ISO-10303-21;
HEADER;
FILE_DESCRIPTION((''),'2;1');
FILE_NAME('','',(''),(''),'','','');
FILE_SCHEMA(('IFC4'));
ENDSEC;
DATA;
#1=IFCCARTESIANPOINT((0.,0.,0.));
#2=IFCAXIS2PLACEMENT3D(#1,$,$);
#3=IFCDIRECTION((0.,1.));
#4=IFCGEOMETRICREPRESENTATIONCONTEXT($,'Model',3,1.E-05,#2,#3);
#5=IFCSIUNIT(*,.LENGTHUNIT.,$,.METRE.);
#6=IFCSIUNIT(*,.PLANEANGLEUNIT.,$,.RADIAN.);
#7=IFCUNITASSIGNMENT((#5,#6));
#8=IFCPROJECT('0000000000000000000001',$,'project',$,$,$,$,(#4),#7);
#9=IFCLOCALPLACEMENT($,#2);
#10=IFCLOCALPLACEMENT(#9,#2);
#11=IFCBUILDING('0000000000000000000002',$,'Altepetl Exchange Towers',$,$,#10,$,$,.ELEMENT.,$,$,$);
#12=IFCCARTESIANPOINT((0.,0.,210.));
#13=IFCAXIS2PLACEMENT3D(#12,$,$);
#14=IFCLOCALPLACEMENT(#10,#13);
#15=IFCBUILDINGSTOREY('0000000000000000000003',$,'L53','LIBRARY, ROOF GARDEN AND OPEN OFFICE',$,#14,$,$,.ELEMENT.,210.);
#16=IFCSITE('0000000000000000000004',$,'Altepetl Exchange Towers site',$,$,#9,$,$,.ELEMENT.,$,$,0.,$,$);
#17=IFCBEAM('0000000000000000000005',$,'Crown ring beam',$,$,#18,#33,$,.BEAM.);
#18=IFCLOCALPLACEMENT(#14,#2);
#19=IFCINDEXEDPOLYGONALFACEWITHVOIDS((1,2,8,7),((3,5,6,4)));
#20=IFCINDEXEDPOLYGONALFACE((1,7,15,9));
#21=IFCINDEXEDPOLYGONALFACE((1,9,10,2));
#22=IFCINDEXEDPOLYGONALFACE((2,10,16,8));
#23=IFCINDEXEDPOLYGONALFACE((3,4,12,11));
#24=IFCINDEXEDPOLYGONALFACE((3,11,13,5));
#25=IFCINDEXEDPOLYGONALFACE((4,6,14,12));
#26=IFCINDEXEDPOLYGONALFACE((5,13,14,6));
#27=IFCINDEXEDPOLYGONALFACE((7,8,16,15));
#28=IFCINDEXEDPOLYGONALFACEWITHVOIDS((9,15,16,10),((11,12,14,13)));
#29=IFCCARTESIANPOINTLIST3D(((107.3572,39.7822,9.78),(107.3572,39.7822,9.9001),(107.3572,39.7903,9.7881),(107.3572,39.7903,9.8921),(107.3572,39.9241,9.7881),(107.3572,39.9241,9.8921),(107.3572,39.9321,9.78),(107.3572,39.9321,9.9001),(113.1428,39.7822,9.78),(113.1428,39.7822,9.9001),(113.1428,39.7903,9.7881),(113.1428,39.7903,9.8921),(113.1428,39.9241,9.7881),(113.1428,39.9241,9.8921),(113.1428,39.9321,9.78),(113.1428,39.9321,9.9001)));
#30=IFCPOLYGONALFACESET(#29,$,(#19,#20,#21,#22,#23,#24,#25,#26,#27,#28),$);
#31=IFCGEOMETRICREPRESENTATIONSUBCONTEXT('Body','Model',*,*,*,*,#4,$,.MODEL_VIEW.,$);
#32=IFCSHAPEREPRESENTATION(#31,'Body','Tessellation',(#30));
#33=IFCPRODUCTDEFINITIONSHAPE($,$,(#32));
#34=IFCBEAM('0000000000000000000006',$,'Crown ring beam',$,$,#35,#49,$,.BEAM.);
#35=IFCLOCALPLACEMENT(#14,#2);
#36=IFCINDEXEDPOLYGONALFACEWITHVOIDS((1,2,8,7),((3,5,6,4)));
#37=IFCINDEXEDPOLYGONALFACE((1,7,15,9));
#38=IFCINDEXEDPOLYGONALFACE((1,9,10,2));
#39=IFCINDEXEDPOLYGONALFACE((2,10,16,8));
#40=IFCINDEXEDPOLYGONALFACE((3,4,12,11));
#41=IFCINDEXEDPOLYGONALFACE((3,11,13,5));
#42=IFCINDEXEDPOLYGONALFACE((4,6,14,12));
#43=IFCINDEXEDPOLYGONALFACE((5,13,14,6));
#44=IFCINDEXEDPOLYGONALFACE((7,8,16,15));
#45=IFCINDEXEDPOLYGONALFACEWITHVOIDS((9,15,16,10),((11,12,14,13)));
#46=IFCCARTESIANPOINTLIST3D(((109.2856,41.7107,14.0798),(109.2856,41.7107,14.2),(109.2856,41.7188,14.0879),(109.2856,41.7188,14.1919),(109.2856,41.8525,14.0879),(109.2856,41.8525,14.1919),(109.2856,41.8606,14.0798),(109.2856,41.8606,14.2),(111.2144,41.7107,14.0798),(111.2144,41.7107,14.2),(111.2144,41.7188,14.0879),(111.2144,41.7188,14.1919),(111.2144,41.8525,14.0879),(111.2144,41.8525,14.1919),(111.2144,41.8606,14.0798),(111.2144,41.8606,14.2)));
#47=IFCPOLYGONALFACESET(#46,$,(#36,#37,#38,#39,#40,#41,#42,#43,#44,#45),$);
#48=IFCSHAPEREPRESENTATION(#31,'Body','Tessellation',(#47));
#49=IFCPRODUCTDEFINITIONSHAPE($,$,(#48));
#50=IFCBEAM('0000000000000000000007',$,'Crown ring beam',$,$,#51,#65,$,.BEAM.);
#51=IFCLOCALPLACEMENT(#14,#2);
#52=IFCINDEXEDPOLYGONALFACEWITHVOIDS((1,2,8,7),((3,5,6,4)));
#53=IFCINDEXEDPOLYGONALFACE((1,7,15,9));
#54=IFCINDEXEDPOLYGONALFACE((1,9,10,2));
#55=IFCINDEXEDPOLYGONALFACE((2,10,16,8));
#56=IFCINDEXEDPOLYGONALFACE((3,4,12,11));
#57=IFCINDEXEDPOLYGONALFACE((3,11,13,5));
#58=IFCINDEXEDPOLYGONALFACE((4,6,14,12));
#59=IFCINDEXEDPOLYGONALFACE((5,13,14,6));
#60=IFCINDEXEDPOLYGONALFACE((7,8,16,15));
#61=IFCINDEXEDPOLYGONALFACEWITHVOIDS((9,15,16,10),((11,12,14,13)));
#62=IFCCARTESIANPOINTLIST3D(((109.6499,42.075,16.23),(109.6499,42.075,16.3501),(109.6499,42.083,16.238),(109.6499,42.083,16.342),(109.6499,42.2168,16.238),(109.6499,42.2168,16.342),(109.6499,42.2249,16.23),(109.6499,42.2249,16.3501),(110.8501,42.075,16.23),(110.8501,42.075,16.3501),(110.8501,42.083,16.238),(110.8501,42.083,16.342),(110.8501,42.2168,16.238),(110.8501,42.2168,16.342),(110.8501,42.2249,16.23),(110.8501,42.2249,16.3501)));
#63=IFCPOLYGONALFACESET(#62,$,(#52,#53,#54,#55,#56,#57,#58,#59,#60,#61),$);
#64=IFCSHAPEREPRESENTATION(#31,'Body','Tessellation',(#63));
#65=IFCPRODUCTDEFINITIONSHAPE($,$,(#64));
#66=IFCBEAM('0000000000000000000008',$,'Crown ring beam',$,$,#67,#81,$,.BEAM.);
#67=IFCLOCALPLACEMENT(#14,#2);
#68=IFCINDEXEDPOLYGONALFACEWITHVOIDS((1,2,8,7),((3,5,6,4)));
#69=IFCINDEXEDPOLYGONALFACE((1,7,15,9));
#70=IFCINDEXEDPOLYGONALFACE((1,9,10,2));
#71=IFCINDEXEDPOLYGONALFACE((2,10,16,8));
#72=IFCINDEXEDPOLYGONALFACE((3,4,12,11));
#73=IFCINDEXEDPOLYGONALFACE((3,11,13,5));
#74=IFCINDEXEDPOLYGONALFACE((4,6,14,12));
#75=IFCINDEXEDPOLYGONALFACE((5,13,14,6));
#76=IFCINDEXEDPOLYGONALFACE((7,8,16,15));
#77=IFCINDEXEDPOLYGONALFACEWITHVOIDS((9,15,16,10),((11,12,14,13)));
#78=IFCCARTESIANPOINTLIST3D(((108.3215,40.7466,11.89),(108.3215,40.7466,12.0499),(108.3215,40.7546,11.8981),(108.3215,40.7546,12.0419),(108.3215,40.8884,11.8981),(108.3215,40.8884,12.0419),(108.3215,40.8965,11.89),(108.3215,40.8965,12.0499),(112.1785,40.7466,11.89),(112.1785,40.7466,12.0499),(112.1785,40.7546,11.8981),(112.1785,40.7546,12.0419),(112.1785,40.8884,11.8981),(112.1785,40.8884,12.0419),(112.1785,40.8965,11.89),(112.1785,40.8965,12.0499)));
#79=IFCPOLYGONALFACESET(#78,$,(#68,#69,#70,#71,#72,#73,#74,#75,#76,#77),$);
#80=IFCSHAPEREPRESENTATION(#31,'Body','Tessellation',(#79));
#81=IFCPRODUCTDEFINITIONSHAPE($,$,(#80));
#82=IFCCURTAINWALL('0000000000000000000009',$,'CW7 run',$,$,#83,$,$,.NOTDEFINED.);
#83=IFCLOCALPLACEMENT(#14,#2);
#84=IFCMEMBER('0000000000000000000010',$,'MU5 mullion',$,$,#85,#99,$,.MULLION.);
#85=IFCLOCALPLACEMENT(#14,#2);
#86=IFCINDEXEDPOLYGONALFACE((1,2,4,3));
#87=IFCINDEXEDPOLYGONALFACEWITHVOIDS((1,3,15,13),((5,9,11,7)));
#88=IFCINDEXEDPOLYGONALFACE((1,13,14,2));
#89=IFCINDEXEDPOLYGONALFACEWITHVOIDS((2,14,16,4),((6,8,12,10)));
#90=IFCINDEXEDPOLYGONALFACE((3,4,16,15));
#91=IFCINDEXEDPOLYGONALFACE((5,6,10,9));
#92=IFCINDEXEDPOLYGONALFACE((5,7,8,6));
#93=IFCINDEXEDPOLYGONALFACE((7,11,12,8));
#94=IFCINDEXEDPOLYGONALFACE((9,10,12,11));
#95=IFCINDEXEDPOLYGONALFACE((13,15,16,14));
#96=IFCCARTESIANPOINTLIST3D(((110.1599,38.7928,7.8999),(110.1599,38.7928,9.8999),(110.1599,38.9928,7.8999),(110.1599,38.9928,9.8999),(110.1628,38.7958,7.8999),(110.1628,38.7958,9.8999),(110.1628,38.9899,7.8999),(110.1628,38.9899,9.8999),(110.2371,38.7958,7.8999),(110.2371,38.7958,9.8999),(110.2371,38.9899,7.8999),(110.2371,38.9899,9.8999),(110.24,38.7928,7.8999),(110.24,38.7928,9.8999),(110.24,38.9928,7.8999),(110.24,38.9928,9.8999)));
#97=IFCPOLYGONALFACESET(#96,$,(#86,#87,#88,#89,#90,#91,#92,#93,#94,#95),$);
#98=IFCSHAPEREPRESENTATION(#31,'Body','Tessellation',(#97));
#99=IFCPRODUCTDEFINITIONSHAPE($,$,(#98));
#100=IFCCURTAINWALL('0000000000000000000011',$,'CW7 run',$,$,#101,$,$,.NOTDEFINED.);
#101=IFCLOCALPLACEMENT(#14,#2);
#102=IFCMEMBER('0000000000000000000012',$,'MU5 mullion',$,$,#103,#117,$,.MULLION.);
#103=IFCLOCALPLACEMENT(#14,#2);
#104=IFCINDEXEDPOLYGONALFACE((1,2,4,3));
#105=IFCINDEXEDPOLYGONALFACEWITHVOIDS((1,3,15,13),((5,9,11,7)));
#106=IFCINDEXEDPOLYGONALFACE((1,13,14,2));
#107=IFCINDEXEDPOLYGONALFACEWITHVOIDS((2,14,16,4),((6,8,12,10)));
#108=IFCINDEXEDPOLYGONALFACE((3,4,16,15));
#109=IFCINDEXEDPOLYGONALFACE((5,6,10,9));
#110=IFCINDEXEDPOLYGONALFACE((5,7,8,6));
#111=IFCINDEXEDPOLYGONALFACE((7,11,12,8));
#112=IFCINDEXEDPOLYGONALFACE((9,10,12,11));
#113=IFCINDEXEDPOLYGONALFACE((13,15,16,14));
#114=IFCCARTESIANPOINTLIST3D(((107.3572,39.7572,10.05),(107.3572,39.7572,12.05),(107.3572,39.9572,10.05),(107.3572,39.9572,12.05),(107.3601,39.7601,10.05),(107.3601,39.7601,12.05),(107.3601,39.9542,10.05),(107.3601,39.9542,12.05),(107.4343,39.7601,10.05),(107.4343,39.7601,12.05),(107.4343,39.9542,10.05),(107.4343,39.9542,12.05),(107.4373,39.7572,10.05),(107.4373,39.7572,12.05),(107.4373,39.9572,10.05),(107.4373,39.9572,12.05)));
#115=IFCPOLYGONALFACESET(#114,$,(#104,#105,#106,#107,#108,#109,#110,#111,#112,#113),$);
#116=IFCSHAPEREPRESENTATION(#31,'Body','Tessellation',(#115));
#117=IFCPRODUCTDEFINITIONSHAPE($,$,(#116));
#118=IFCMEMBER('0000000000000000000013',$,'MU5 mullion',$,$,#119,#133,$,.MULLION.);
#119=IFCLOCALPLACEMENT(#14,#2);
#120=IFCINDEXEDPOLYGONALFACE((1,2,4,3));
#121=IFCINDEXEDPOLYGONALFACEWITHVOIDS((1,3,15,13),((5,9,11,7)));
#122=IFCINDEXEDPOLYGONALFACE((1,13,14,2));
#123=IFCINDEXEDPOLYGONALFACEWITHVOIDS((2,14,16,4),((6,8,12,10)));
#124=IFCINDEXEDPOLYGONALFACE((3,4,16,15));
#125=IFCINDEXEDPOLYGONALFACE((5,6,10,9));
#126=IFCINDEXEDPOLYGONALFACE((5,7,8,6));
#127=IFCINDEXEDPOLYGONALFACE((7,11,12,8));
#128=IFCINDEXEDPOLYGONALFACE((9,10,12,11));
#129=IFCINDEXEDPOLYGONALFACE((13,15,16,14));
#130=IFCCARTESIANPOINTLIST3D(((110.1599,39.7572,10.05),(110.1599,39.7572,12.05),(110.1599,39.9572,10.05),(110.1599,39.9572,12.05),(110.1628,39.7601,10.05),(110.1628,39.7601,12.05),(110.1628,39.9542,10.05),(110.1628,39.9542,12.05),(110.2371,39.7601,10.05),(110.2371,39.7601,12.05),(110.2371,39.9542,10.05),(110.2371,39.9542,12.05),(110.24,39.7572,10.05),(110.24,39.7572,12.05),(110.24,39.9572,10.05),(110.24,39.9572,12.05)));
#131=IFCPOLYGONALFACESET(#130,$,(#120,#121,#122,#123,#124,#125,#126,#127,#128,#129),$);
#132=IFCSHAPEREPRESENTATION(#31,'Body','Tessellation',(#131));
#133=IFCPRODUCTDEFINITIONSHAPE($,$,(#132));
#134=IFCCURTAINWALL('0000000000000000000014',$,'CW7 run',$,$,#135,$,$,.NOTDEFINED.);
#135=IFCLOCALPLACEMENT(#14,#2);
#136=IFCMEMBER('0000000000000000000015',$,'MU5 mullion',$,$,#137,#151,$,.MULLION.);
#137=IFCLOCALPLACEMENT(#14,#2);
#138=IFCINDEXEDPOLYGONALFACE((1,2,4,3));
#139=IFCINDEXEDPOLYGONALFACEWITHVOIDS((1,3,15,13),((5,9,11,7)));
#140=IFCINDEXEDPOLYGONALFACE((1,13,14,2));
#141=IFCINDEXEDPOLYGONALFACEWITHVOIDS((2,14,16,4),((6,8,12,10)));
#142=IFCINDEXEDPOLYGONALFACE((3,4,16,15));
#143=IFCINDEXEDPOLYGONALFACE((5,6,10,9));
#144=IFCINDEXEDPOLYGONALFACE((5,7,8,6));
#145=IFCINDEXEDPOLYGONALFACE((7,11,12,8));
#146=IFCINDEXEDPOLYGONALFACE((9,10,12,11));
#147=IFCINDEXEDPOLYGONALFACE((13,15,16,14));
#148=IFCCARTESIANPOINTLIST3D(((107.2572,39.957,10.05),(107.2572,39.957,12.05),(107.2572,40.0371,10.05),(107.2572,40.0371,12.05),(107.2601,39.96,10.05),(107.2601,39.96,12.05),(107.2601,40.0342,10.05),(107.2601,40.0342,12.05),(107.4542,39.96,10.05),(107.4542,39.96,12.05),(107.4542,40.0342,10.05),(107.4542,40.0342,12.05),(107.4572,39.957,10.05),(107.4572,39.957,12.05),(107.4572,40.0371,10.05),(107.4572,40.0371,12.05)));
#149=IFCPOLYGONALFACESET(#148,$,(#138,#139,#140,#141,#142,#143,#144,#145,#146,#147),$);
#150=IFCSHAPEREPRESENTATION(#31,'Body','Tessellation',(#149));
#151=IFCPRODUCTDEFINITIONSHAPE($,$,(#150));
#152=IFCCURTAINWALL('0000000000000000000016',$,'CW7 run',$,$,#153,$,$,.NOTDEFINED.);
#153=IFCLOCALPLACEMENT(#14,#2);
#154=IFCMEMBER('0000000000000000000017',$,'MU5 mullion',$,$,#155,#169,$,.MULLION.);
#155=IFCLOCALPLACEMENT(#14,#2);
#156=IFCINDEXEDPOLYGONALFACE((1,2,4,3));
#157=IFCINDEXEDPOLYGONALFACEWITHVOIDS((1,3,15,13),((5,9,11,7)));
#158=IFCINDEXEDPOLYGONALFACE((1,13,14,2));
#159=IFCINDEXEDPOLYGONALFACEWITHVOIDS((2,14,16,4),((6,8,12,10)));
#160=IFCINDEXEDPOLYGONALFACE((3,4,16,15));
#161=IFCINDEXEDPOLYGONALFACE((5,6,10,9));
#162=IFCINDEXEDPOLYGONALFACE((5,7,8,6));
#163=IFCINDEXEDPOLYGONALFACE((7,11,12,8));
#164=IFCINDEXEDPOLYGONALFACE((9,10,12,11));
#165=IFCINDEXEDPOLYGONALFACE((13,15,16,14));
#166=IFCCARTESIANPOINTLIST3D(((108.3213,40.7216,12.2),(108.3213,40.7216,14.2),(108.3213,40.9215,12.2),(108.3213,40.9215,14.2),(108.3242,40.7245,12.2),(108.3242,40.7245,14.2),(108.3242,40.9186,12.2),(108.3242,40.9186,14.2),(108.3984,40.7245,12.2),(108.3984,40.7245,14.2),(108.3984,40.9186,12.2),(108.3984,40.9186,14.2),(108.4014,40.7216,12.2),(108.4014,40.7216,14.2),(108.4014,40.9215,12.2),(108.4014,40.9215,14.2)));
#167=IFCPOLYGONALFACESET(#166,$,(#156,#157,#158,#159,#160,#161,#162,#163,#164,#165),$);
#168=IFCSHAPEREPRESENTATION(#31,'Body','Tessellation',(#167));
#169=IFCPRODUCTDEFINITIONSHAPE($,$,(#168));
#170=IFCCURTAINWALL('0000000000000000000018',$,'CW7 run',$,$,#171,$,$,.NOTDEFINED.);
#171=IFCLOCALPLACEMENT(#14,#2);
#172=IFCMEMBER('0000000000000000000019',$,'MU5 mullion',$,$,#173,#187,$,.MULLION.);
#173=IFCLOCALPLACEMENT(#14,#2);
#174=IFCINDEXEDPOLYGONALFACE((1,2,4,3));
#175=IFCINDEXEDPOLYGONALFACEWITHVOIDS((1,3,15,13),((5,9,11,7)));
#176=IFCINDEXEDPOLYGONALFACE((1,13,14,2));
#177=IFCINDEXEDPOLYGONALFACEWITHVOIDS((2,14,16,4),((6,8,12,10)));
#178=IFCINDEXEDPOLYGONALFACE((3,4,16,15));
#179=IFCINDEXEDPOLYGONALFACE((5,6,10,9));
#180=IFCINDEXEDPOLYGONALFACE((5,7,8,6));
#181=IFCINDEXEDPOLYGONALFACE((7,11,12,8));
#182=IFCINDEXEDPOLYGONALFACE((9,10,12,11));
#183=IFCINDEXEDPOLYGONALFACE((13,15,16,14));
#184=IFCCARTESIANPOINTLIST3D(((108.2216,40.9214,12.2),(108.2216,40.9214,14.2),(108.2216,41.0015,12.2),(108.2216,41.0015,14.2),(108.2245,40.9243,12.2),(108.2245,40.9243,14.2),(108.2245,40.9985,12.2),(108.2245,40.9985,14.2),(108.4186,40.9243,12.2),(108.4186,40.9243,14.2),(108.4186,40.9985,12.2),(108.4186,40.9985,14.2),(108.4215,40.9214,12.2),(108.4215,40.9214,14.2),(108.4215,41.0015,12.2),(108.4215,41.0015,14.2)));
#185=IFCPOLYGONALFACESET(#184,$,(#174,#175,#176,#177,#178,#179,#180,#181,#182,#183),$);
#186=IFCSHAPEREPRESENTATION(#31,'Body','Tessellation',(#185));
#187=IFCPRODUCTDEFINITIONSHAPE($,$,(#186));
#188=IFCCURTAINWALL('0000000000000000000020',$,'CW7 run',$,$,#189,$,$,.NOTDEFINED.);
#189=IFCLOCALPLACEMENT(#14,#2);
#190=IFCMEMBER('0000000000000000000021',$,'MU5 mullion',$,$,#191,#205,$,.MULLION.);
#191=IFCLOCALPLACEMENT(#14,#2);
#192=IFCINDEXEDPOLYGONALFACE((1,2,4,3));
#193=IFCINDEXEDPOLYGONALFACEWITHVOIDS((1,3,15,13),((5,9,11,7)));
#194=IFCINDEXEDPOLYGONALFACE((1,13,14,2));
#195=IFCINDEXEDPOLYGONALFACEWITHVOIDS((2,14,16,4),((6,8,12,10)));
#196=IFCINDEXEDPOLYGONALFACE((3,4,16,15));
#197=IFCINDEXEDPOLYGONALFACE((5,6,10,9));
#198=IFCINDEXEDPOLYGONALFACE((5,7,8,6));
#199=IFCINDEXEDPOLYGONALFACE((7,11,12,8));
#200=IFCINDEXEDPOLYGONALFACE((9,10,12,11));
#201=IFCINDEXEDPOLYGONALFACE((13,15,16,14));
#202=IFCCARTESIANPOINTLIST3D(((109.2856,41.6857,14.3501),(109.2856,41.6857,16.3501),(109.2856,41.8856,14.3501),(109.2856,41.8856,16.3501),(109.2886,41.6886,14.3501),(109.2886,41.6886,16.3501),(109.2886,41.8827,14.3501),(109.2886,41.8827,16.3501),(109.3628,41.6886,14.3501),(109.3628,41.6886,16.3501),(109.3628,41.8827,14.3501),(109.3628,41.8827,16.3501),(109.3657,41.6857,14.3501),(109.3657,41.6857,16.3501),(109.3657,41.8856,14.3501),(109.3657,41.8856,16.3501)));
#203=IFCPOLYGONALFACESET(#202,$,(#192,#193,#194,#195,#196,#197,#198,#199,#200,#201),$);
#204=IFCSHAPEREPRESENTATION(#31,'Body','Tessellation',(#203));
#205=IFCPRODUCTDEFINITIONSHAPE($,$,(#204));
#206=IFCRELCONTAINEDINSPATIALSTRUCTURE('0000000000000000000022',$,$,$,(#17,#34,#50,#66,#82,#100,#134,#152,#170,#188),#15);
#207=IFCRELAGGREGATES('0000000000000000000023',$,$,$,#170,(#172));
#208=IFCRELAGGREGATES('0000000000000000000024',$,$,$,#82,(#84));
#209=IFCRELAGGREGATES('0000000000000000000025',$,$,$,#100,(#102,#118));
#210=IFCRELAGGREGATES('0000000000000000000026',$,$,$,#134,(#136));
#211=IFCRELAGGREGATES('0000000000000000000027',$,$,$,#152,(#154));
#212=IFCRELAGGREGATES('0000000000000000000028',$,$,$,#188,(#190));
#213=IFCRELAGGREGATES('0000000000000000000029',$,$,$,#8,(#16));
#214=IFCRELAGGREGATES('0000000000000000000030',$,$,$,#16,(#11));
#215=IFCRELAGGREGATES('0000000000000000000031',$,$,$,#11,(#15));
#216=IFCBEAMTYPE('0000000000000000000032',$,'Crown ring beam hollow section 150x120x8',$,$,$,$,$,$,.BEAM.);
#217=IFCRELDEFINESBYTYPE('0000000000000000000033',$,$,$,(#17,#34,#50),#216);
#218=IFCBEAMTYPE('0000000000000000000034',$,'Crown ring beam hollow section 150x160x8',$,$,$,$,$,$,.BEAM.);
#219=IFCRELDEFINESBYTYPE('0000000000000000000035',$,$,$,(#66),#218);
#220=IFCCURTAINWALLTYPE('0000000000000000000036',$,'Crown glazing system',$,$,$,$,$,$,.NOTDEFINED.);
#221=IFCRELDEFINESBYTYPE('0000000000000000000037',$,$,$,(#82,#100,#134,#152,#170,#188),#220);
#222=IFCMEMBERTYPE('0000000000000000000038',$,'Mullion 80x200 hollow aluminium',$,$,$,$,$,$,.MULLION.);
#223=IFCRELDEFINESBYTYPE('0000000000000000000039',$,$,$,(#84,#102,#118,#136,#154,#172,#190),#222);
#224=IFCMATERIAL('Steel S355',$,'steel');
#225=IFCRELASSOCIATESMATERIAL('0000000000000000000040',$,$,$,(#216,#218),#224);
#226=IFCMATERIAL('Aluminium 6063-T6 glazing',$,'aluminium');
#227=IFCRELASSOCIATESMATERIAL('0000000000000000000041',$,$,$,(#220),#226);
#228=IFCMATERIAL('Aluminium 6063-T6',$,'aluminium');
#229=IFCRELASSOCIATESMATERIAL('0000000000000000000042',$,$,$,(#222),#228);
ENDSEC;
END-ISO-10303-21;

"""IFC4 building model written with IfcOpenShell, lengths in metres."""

from ifc_helpers import new_model, si_unit, direction, frame, origin, origin_2d, place, context, subcontext, project, spatial, hollow_rectangle, extrude, material, material_profile, profile_set, type_object, element, aggregate, save


model = new_model("IFC4")

# Units and contexts
model_context = context("Model", 3, precision=1e-05, world=origin(), true_north=direction((0.0, 1.0)))
body_context = subcontext(model_context, "Body", "Model", "MODEL_VIEW")
ifc_project = project(units=[si_unit("LENGTHUNIT", "METRE"), si_unit("PLANEANGLEUNIT", "RADIAN")], contexts=[model_context])

# Site, building, storey
site_placement = place(None, origin())
site = spatial("IfcSite", under=ifc_project, at=site_placement, Name="Altepetl Exchange Towers site", CompositionType="ELEMENT", RefElevation=0.0)
building_placement = place(site_placement, origin())
building = spatial("IfcBuilding", under=site, at=building_placement, Name="Altepetl Exchange Towers", CompositionType="ELEMENT")
storey_placement = place(building_placement, frame((0.0, 0.0, 210.0)))
storey = spatial("IfcBuildingStorey", under=building, at=storey_placement, Name="L53", Description="LIBRARY, ROOF GARDEN AND OPEN OFFICE", CompositionType="ELEMENT", Elevation=210.0)

# Beams
ifc_material_1 = material(Name="Steel S355", Category="steel")
ifc_material_profile_1 = material_profile(ifc_material_1, hollow_rectangle(XDim=0.1499, YDim=0.1201, WallThickness=0.0081, at=origin_2d()), Name="RHS 120x150x8")
ifc_profile_set_1 = profile_set([ifc_material_profile_1], Name="Steel S355")
beam_type_1 = type_object("IfcBeamType", Name="Crown ring beam hollow section 150x120x8", PredefinedType="BEAM", material=ifc_profile_set_1)
beam_1_placement = place(storey_placement, frame((107.3572, 39.8572, 9.8401), z_axis=(1.0, 0.0, 0.0), x_axis=(0.0, 1.0, 0.0)))
element("IfcBeam", 1, at=beam_1_placement, inside=storey, type_object=beam_type_1, Name="Crown ring beam", PredefinedType="BEAM", context=body_context, shape_type="SweptSolid", body=[
    extrude(hollow_rectangle(XDim=0.1499, YDim=0.1201, WallThickness=0.0081, at=origin_2d()), origin(), (0.0, 0.0, 1.0), 5.7856),
])
beam_2_placement = place(storey_placement, frame((109.2856, 41.7856, 14.1399), z_axis=(1.0, 0.0, 0.0), x_axis=(0.0, 1.0, 0.0)))
element("IfcBeam", 2, at=beam_2_placement, inside=storey, type_object=beam_type_1, Name="Crown ring beam", PredefinedType="BEAM", context=body_context, shape_type="SweptSolid", body=[
    extrude(hollow_rectangle(XDim=0.1499, YDim=0.1201, WallThickness=0.0081, at=origin_2d()), origin(), (0.0, 0.0, 1.0), 1.9287),
])
beam_3_placement = place(storey_placement, frame((109.6499, 42.1499, 16.29), z_axis=(1.0, 0.0, 0.0), x_axis=(0.0, 1.0, 0.0)))
element("IfcBeam", 3, at=beam_3_placement, inside=storey, type_object=beam_type_1, Name="Crown ring beam", PredefinedType="BEAM", context=body_context, shape_type="SweptSolid", body=[
    extrude(hollow_rectangle(XDim=0.1499, YDim=0.1201, WallThickness=0.0081, at=origin_2d()), origin(), (0.0, 0.0, 1.0), 1.2002),
])
ifc_material_profile_2 = material_profile(ifc_material_1, hollow_rectangle(XDim=0.1499, YDim=0.1599, WallThickness=0.0081, at=origin_2d()), Name="RHS 160x150x8")
ifc_profile_set_2 = profile_set([ifc_material_profile_2], Name="Steel S355")
beam_type_2 = type_object("IfcBeamType", Name="Crown ring beam hollow section 150x160x8", PredefinedType="BEAM", material=ifc_profile_set_2)
beam_4_placement = place(storey_placement, frame((108.3215, 40.8215, 11.97), z_axis=(1.0, 0.0, 0.0), x_axis=(0.0, 1.0, 0.0)))
element("IfcBeam", 4, at=beam_4_placement, inside=storey, type_object=beam_type_2, Name="Crown ring beam", PredefinedType="BEAM", context=body_context, shape_type="SweptSolid", body=[
    extrude(hollow_rectangle(XDim=0.1499, YDim=0.1599, WallThickness=0.0081, at=origin_2d()), origin(), (0.0, 0.0, 1.0), 3.8569),
])

# Curtain wall, member
ifc_material_2 = material(Name="Aluminium 6063-T6 glazing", Category="aluminium")
curtain_wall_type = type_object("IfcCurtainWallType", Name="Crown glazing system", PredefinedType="NOTDEFINED", material=ifc_material_2)
curtain_wall_1_placement = place(storey_placement, origin())
curtain_wall_1 = element("IfcCurtainWall", 5, at=curtain_wall_1_placement, inside=storey, type_object=curtain_wall_type, Name="CW7 run", PredefinedType="NOTDEFINED")
ifc_material_3 = material(Name="Aluminium 6063-T6", Category="aluminium")
ifc_material_profile_3 = material_profile(ifc_material_3, hollow_rectangle(XDim=0.0801, YDim=0.2, WallThickness=0.0029, at=origin_2d()), Name="Mullion 80x200 hollow aluminium")
ifc_profile_set_3 = profile_set([ifc_material_profile_3], Name="Aluminium 6063-T6")
member_type = type_object("IfcMemberType", Name="Mullion 80x200 hollow aluminium", PredefinedType="MULLION", material=ifc_profile_set_3)
member_1_placement = place(storey_placement, frame((110.2, 38.8928, 7.8999)))
member_1 = element("IfcMember", 6, at=member_1_placement, type_object=member_type, Name="MU5 mullion", PredefinedType="MULLION", context=body_context, shape_type="SweptSolid", body=[
    extrude(hollow_rectangle(XDim=0.0801, YDim=0.2, WallThickness=0.0029, at=origin_2d()), origin(), (0.0, 0.0, 1.0), 2.0),
])

# Curtain wall, members
curtain_wall_2_placement = place(storey_placement, origin())
curtain_wall_2 = element("IfcCurtainWall", 7, at=curtain_wall_2_placement, inside=storey, type_object=curtain_wall_type, Name="CW7 run", PredefinedType="NOTDEFINED")
member_2_placement = place(storey_placement, frame((107.3972, 39.8572, 10.05)))
member_2 = element("IfcMember", 8, at=member_2_placement, type_object=member_type, Name="MU5 mullion", PredefinedType="MULLION", context=body_context, shape_type="SweptSolid", body=[
    extrude(hollow_rectangle(XDim=0.0801, YDim=0.2, WallThickness=0.0029, at=origin_2d()), origin(), (0.0, 0.0, 1.0), 2.0),
])
member_3_placement = place(storey_placement, frame((110.2, 39.8572, 10.05)))
member_3 = element("IfcMember", 9, at=member_3_placement, type_object=member_type, Name="MU5 mullion", PredefinedType="MULLION", context=body_context, shape_type="SweptSolid", body=[
    extrude(hollow_rectangle(XDim=0.0801, YDim=0.2, WallThickness=0.0029, at=origin_2d()), origin(), (0.0, 0.0, 1.0), 2.0),
])

# Curtain walls, members
curtain_wall_3_placement = place(storey_placement, origin())
curtain_wall_3 = element("IfcCurtainWall", 10, at=curtain_wall_3_placement, inside=storey, type_object=curtain_wall_type, Name="CW7 run", PredefinedType="NOTDEFINED")
member_4_placement = place(storey_placement, frame((107.3572, 39.9971, 10.05), z_axis=(0.0, 0.0, 1.0), x_axis=(0.0, -1.0, 0.0)))
member_4 = element("IfcMember", 11, at=member_4_placement, type_object=member_type, Name="MU5 mullion", PredefinedType="MULLION", context=body_context, shape_type="SweptSolid", body=[
    extrude(hollow_rectangle(XDim=0.0801, YDim=0.2, WallThickness=0.0029, at=origin_2d()), origin(), (0.0, 0.0, 1.0), 2.0),
])
curtain_wall_4_placement = place(storey_placement, origin())
curtain_wall_4 = element("IfcCurtainWall", 12, at=curtain_wall_4_placement, inside=storey, type_object=curtain_wall_type, Name="CW7 run", PredefinedType="NOTDEFINED")
member_5_placement = place(storey_placement, frame((108.3613, 40.8215, 12.2)))
member_5 = element("IfcMember", 13, at=member_5_placement, type_object=member_type, Name="MU5 mullion", PredefinedType="MULLION", context=body_context, shape_type="SweptSolid", body=[
    extrude(hollow_rectangle(XDim=0.0801, YDim=0.2, WallThickness=0.0029, at=origin_2d()), origin(), (0.0, 0.0, 1.0), 2.0),
])
curtain_wall_5_placement = place(storey_placement, origin())
curtain_wall_5 = element("IfcCurtainWall", 14, at=curtain_wall_5_placement, inside=storey, type_object=curtain_wall_type, Name="CW7 run", PredefinedType="NOTDEFINED")
member_6_placement = place(storey_placement, frame((108.3215, 40.9614, 12.2), z_axis=(0.0, 0.0, 1.0), x_axis=(0.0, -1.0, 0.0)))
member_6 = element("IfcMember", 15, at=member_6_placement, type_object=member_type, Name="MU5 mullion", PredefinedType="MULLION", context=body_context, shape_type="SweptSolid", body=[
    extrude(hollow_rectangle(XDim=0.0801, YDim=0.2, WallThickness=0.0029, at=origin_2d()), origin(), (0.0, 0.0, 1.0), 2.0),
])
aggregate(curtain_wall_5, [member_6])
curtain_wall_6_placement = place(storey_placement, origin())
curtain_wall_6 = element("IfcCurtainWall", 16, at=curtain_wall_6_placement, inside=storey, type_object=curtain_wall_type, Name="CW7 run", PredefinedType="NOTDEFINED")
member_7_placement = place(storey_placement, frame((109.3257, 41.7856, 14.3501)))
member_7 = element("IfcMember", 17, at=member_7_placement, type_object=member_type, Name="MU5 mullion", PredefinedType="MULLION", context=body_context, shape_type="SweptSolid", body=[
    extrude(hollow_rectangle(XDim=0.0801, YDim=0.2, WallThickness=0.0029, at=origin_2d()), origin(), (0.0, 0.0, 1.0), 2.0),
])

aggregate(curtain_wall_1, [member_1])
aggregate(curtain_wall_2, [member_2, member_3])
aggregate(curtain_wall_3, [member_4])
aggregate(curtain_wall_4, [member_5])
aggregate(curtain_wall_6, [member_7])

save(model, "model.ifc")
